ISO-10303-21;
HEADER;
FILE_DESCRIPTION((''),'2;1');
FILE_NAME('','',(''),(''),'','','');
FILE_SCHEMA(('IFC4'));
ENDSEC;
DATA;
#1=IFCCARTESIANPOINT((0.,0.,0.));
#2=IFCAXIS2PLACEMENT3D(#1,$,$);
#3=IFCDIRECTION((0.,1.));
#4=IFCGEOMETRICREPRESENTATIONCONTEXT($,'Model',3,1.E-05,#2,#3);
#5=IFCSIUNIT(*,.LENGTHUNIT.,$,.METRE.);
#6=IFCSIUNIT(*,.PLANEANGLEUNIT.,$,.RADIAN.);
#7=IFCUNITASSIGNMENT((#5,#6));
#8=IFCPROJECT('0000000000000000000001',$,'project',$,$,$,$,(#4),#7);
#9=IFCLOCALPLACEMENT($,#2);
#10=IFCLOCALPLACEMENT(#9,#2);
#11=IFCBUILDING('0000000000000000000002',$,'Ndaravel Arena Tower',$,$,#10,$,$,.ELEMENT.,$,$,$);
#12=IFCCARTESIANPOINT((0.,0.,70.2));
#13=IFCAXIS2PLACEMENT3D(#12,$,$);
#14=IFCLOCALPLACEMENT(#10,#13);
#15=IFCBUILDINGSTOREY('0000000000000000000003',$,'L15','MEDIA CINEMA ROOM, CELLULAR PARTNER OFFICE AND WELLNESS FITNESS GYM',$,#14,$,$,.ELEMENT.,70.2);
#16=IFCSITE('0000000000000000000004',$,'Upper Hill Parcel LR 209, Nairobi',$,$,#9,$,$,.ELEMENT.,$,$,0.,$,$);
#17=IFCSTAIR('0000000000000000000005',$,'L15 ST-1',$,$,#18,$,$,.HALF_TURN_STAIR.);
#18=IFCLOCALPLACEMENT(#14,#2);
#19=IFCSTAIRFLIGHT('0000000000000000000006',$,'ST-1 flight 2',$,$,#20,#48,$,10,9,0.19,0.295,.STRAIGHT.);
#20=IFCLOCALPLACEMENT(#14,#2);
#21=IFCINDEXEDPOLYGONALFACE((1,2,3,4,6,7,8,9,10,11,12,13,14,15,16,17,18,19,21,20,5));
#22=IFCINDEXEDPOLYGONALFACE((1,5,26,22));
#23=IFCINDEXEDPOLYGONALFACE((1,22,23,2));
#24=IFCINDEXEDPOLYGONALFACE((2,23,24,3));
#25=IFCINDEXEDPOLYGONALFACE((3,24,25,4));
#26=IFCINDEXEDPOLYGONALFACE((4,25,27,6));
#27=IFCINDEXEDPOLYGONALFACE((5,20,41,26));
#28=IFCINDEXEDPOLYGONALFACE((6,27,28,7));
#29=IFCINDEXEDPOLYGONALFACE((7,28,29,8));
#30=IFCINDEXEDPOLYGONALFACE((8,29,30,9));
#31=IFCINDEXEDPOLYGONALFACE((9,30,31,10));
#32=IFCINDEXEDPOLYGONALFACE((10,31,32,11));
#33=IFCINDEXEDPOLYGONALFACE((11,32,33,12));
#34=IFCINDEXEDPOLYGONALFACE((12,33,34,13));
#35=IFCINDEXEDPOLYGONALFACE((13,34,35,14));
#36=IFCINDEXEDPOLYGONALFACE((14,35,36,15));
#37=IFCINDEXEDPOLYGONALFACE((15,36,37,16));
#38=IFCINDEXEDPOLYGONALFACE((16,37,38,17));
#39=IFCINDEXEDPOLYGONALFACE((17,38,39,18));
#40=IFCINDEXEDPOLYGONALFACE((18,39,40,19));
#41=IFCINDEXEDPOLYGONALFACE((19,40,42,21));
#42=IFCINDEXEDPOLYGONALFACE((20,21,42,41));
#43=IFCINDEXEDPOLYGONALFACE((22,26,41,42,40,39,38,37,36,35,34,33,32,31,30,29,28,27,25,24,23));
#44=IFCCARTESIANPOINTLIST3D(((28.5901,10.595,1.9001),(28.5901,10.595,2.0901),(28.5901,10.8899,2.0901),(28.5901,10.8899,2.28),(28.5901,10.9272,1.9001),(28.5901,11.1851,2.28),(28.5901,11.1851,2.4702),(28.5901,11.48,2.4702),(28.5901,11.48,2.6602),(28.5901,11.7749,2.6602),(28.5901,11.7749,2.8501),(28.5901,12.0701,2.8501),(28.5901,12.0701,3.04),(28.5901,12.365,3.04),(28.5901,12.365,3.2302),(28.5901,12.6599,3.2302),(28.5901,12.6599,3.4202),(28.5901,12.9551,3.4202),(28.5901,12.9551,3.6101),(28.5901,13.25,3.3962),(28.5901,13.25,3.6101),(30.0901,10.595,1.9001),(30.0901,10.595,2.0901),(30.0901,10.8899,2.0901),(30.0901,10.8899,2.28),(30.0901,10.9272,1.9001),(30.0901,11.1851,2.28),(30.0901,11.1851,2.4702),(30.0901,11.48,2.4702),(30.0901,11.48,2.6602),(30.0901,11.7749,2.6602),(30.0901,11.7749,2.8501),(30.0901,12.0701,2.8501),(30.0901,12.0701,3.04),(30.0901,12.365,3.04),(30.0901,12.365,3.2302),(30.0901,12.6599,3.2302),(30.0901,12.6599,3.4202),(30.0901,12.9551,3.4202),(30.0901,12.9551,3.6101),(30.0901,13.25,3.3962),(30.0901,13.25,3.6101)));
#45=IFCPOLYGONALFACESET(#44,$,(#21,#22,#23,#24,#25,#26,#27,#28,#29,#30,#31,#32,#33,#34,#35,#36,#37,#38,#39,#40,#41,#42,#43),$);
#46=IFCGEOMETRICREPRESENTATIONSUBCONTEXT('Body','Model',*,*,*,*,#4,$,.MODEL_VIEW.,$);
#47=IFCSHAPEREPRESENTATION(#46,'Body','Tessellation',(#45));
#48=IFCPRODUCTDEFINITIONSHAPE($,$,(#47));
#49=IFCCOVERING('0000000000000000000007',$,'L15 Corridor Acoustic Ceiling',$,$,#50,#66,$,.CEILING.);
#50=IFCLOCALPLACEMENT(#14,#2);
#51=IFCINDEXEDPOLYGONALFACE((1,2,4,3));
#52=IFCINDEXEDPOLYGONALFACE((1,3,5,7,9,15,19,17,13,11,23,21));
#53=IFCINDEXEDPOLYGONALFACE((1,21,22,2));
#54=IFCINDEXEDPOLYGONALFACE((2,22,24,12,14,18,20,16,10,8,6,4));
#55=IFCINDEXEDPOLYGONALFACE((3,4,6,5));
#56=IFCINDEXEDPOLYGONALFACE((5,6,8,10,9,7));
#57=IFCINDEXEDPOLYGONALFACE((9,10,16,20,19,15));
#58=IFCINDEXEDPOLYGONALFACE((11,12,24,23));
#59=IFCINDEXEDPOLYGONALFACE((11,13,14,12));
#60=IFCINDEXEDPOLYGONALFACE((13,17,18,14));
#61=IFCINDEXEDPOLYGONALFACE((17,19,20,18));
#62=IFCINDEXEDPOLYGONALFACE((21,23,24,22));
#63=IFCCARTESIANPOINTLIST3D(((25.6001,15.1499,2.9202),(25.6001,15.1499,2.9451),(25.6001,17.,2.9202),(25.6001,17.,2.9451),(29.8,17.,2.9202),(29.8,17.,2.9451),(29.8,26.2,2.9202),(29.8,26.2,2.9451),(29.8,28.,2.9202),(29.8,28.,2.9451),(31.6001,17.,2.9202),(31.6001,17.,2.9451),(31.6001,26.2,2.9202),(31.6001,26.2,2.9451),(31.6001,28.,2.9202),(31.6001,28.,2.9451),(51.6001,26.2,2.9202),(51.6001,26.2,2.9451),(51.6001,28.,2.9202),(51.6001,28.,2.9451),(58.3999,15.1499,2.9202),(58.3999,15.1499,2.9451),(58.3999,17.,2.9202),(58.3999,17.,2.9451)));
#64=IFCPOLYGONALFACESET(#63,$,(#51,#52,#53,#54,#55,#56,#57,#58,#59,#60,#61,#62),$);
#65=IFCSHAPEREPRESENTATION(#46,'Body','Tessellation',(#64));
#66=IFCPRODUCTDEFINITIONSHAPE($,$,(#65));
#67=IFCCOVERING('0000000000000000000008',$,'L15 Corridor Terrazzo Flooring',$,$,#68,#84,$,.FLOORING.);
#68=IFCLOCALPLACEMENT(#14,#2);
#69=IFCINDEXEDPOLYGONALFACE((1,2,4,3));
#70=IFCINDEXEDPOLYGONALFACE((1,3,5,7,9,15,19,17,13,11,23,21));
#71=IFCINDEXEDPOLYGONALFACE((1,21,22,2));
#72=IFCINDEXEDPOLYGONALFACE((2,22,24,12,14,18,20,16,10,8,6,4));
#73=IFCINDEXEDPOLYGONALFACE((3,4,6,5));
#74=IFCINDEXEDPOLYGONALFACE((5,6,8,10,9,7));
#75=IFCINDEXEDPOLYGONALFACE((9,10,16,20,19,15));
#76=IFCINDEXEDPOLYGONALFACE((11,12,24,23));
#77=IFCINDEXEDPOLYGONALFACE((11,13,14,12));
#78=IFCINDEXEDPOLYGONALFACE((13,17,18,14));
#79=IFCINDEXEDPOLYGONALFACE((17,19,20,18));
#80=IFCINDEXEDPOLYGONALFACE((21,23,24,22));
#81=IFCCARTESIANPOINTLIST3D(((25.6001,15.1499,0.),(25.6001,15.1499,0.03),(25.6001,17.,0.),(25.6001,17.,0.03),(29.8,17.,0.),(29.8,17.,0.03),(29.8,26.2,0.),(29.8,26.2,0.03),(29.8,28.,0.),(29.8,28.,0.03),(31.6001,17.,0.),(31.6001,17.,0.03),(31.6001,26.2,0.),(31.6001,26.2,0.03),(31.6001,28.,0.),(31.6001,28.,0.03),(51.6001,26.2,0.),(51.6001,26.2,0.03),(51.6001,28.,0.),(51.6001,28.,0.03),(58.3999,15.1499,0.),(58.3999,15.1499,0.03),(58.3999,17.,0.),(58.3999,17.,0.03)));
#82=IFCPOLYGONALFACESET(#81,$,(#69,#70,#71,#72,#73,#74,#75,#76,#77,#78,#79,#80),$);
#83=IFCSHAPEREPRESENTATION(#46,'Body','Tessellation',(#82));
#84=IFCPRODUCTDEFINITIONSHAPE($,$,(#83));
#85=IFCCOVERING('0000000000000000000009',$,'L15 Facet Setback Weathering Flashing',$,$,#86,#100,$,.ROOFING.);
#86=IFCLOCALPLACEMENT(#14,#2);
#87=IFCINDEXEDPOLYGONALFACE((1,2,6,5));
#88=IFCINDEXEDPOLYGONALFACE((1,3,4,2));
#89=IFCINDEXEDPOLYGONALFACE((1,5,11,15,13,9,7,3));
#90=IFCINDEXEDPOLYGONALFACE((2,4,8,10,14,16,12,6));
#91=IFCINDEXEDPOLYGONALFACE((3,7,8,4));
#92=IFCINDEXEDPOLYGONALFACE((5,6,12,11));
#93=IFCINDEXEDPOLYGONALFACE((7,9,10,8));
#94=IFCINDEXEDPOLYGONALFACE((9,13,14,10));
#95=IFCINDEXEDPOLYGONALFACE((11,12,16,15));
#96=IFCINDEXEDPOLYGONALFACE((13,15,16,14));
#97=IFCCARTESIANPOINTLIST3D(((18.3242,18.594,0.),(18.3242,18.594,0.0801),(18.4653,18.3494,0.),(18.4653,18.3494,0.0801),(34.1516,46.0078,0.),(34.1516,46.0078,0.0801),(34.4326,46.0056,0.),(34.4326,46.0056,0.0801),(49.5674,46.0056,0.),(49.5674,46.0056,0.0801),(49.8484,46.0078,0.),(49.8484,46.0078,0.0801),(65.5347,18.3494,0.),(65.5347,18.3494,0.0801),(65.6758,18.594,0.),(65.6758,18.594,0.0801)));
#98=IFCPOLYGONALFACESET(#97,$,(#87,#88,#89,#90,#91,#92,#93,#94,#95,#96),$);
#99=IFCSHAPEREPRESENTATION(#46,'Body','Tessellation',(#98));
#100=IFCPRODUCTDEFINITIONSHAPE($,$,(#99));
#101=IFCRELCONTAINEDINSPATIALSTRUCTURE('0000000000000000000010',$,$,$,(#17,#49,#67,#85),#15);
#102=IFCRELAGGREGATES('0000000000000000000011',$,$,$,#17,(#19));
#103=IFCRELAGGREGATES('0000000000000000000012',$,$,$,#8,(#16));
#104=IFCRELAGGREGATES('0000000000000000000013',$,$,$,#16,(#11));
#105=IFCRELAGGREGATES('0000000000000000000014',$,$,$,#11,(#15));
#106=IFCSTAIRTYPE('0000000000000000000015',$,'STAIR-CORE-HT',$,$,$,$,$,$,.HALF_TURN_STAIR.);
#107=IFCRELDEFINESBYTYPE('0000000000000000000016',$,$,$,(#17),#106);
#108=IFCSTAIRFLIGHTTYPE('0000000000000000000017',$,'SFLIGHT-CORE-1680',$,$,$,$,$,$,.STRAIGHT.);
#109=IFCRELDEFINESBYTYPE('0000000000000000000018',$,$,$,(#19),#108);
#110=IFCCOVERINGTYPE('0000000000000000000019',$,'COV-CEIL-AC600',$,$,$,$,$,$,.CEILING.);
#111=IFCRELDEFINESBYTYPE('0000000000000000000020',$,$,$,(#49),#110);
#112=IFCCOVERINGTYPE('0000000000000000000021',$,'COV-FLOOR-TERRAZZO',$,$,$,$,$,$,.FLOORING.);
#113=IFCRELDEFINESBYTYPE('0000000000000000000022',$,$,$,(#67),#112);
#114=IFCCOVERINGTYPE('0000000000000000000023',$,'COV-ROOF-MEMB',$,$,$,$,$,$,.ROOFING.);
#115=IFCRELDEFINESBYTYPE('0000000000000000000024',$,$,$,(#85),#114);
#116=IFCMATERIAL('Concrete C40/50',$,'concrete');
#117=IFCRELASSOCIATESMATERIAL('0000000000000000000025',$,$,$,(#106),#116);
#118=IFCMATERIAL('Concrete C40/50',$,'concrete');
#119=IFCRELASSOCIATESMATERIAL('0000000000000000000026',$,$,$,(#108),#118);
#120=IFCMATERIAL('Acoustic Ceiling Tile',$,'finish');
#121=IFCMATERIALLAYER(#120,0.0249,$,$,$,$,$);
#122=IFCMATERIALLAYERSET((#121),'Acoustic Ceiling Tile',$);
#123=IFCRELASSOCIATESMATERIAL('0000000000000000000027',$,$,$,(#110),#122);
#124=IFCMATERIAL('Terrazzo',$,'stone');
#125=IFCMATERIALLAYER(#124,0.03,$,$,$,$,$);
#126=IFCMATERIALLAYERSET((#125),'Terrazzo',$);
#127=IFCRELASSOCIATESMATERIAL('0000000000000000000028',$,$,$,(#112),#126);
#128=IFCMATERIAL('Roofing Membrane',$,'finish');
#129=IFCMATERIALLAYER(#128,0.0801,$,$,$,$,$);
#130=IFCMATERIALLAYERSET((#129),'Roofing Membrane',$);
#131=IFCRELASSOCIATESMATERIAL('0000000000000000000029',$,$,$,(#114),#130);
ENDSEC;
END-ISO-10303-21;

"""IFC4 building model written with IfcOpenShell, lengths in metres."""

from ifc_helpers import new_model, si_unit, direction, frame, origin, place, context, subcontext, project, spatial, polyline, outline, extrude, material, layer, layer_set, type_object, element, aggregate, save


model = new_model("IFC4")

# Units and contexts
model_context = context("Model", 3, precision=1e-05, world=origin(), true_north=direction((0.0, 1.0)))
body_context = subcontext(model_context, "Body", "Model", "MODEL_VIEW")
ifc_project = project(units=[si_unit("LENGTHUNIT", "METRE"), si_unit("PLANEANGLEUNIT", "RADIAN")], contexts=[model_context])

# Site, building, storey
site_placement = place(None, origin())
site = spatial("IfcSite", under=ifc_project, at=site_placement, Name="Upper Hill Parcel LR 209, Nairobi", CompositionType="ELEMENT", RefElevation=0.0)
building_placement = place(site_placement, origin())
building = spatial("IfcBuilding", under=site, at=building_placement, Name="Ndaravel Arena Tower", CompositionType="ELEMENT")
storey_placement = place(building_placement, frame((0.0, 0.0, 70.2)))
storey = spatial("IfcBuildingStorey", under=building, at=storey_placement, Name="L15", Description="MEDIA CINEMA ROOM, CELLULAR PARTNER OFFICE AND WELLNESS FITNESS GYM", CompositionType="ELEMENT", Elevation=70.2)

# Stair
ifc_material_1 = material(Name="Concrete C40/50", Category="concrete")
stair_type = type_object("IfcStairType", Name="STAIR-CORE-HT", PredefinedType="HALF_TURN_STAIR", material=ifc_material_1)
stair_1_placement = place(storey_placement, origin())
stair_1 = element("IfcStair", 1, at=stair_1_placement, inside=storey, type_object=stair_type, Name="L15 ST-1", PredefinedType="HALF_TURN_STAIR")

# Stair flight
ifc_material_2 = material(Name="Concrete C40/50", Category="concrete")
stair_flight_type = type_object("IfcStairFlightType", Name="SFLIGHT-CORE-1680", PredefinedType="STRAIGHT", material=ifc_material_2)
stair_flight_1_placement = place(storey_placement, frame((29.3401, 10.595, 1.9001), z_axis=(0.0, 0.0, 1.0), x_axis=(0.0, 1.0, 0.0)))
stair_flight_1 = element("IfcStairFlight", 2, at=stair_flight_1_placement, type_object=stair_flight_type, Name="ST-1 flight 2", NumberOfRisers=10, NumberOfTreads=9, PredefinedType="STRAIGHT", RiserHeight=0.19, TreadLength=0.295, context=body_context, shape_type="SweptSolid", body=[
    extrude(outline(polyline([(0.0, 0.0), (0.0, 0.1899), (0.2949, 0.1899), (0.2949, 0.3799), (0.5901, 0.3799), (0.5901, 0.5701), (0.885, 0.5701), (0.885, 0.76), (1.1799, 0.76), (1.1799, 0.95), (1.4751, 0.95), (1.4751, 1.1399), (1.77, 1.1399), (1.77, 1.3301), (2.0649, 1.3301), (2.0649, 1.52), (2.3601, 1.52), (2.3601, 1.71), (2.655, 1.71), (2.655, 1.8999), (2.655, 1.4961), (0.3323, 0.0), (0.0, 0.0)])), frame((0.0, 0.75, 0.0), z_axis=(0.0, -1.0, 0.0), x_axis=(1.0, 0.0, 0.0)), (0.0, 0.0, 1.0), 1.5),
])
aggregate(stair_1, [stair_flight_1])

# Coverings
ifc_material_3 = material(Name="Acoustic Ceiling Tile", Category="finish")
ifc_layer_1 = layer(ifc_material_3, 0.0249)
ifc_layer_set_1 = layer_set([ifc_layer_1], Name="Acoustic Ceiling Tile")
covering_type_1 = type_object("IfcCoveringType", Name="COV-CEIL-AC600", PredefinedType="CEILING", material=ifc_layer_set_1)
covering_1_placement = place(storey_placement, frame((0.0, 0.0, 2.9202)))
element("IfcCovering", 3, at=covering_1_placement, inside=storey, type_object=covering_type_1, Name="L15 Corridor Acoustic Ceiling", PredefinedType="CEILING", context=body_context, shape_type="SweptSolid", body=[
    extrude(outline(polyline([(58.3999, 17.0), (31.6001, 17.0), (31.6001, 26.2), (51.6001, 26.2), (51.6001, 28.0), (31.6001, 28.0), (29.8, 28.0), (29.8, 26.2), (29.8, 17.0), (25.6001, 17.0), (25.6001, 15.1499), (58.3999, 15.1499), (58.3999, 17.0)])), origin(), (0.0, 0.0, 1.0), 0.0249),
])
ifc_material_4 = material(Name="Terrazzo", Category="stone")
ifc_layer_2 = layer(ifc_material_4, 0.03)
ifc_layer_set_2 = layer_set([ifc_layer_2], Name="Terrazzo")
covering_type_2 = type_object("IfcCoveringType", Name="COV-FLOOR-TERRAZZO", PredefinedType="FLOORING", material=ifc_layer_set_2)
covering_2_placement = place(storey_placement, origin())
element("IfcCovering", 4, at=covering_2_placement, inside=storey, type_object=covering_type_2, Name="L15 Corridor Terrazzo Flooring", PredefinedType="FLOORING", context=body_context, shape_type="SweptSolid", body=[
    extrude(outline(polyline([(58.3999, 17.0), (31.6001, 17.0), (31.6001, 26.2), (51.6001, 26.2), (51.6001, 28.0), (31.6001, 28.0), (29.8, 28.0), (29.8, 26.2), (29.8, 17.0), (25.6001, 17.0), (25.6001, 15.1499), (58.3999, 15.1499), (58.3999, 17.0)])), origin(), (0.0, 0.0, 1.0), 0.03),
])
ifc_material_5 = material(Name="Roofing Membrane", Category="finish")
ifc_layer_3 = layer(ifc_material_5, 0.0801)
ifc_layer_set_3 = layer_set([ifc_layer_3], Name="Roofing Membrane")
covering_type_3 = type_object("IfcCoveringType", Name="COV-ROOF-MEMB", PredefinedType="ROOFING", material=ifc_layer_set_3)
covering_3_placement = place(storey_placement, origin())
element("IfcCovering", 5, at=covering_3_placement, inside=storey, type_object=covering_type_3, Name="L15 Facet Setback Weathering Flashing", PredefinedType="ROOFING", context=body_context, shape_type="SweptSolid", body=[
    extrude(outline(polyline([(18.3242, 18.594), (34.1516, 46.0078), (49.8484, 46.0078), (65.6758, 18.594), (65.5347, 18.3494), (49.5674, 46.0056), (34.4326, 46.0056), (18.4653, 18.3494), (18.3242, 18.594)])), origin(), (0.0, 0.0, 1.0), 0.0801),
])

save(model, "model.ifc")
